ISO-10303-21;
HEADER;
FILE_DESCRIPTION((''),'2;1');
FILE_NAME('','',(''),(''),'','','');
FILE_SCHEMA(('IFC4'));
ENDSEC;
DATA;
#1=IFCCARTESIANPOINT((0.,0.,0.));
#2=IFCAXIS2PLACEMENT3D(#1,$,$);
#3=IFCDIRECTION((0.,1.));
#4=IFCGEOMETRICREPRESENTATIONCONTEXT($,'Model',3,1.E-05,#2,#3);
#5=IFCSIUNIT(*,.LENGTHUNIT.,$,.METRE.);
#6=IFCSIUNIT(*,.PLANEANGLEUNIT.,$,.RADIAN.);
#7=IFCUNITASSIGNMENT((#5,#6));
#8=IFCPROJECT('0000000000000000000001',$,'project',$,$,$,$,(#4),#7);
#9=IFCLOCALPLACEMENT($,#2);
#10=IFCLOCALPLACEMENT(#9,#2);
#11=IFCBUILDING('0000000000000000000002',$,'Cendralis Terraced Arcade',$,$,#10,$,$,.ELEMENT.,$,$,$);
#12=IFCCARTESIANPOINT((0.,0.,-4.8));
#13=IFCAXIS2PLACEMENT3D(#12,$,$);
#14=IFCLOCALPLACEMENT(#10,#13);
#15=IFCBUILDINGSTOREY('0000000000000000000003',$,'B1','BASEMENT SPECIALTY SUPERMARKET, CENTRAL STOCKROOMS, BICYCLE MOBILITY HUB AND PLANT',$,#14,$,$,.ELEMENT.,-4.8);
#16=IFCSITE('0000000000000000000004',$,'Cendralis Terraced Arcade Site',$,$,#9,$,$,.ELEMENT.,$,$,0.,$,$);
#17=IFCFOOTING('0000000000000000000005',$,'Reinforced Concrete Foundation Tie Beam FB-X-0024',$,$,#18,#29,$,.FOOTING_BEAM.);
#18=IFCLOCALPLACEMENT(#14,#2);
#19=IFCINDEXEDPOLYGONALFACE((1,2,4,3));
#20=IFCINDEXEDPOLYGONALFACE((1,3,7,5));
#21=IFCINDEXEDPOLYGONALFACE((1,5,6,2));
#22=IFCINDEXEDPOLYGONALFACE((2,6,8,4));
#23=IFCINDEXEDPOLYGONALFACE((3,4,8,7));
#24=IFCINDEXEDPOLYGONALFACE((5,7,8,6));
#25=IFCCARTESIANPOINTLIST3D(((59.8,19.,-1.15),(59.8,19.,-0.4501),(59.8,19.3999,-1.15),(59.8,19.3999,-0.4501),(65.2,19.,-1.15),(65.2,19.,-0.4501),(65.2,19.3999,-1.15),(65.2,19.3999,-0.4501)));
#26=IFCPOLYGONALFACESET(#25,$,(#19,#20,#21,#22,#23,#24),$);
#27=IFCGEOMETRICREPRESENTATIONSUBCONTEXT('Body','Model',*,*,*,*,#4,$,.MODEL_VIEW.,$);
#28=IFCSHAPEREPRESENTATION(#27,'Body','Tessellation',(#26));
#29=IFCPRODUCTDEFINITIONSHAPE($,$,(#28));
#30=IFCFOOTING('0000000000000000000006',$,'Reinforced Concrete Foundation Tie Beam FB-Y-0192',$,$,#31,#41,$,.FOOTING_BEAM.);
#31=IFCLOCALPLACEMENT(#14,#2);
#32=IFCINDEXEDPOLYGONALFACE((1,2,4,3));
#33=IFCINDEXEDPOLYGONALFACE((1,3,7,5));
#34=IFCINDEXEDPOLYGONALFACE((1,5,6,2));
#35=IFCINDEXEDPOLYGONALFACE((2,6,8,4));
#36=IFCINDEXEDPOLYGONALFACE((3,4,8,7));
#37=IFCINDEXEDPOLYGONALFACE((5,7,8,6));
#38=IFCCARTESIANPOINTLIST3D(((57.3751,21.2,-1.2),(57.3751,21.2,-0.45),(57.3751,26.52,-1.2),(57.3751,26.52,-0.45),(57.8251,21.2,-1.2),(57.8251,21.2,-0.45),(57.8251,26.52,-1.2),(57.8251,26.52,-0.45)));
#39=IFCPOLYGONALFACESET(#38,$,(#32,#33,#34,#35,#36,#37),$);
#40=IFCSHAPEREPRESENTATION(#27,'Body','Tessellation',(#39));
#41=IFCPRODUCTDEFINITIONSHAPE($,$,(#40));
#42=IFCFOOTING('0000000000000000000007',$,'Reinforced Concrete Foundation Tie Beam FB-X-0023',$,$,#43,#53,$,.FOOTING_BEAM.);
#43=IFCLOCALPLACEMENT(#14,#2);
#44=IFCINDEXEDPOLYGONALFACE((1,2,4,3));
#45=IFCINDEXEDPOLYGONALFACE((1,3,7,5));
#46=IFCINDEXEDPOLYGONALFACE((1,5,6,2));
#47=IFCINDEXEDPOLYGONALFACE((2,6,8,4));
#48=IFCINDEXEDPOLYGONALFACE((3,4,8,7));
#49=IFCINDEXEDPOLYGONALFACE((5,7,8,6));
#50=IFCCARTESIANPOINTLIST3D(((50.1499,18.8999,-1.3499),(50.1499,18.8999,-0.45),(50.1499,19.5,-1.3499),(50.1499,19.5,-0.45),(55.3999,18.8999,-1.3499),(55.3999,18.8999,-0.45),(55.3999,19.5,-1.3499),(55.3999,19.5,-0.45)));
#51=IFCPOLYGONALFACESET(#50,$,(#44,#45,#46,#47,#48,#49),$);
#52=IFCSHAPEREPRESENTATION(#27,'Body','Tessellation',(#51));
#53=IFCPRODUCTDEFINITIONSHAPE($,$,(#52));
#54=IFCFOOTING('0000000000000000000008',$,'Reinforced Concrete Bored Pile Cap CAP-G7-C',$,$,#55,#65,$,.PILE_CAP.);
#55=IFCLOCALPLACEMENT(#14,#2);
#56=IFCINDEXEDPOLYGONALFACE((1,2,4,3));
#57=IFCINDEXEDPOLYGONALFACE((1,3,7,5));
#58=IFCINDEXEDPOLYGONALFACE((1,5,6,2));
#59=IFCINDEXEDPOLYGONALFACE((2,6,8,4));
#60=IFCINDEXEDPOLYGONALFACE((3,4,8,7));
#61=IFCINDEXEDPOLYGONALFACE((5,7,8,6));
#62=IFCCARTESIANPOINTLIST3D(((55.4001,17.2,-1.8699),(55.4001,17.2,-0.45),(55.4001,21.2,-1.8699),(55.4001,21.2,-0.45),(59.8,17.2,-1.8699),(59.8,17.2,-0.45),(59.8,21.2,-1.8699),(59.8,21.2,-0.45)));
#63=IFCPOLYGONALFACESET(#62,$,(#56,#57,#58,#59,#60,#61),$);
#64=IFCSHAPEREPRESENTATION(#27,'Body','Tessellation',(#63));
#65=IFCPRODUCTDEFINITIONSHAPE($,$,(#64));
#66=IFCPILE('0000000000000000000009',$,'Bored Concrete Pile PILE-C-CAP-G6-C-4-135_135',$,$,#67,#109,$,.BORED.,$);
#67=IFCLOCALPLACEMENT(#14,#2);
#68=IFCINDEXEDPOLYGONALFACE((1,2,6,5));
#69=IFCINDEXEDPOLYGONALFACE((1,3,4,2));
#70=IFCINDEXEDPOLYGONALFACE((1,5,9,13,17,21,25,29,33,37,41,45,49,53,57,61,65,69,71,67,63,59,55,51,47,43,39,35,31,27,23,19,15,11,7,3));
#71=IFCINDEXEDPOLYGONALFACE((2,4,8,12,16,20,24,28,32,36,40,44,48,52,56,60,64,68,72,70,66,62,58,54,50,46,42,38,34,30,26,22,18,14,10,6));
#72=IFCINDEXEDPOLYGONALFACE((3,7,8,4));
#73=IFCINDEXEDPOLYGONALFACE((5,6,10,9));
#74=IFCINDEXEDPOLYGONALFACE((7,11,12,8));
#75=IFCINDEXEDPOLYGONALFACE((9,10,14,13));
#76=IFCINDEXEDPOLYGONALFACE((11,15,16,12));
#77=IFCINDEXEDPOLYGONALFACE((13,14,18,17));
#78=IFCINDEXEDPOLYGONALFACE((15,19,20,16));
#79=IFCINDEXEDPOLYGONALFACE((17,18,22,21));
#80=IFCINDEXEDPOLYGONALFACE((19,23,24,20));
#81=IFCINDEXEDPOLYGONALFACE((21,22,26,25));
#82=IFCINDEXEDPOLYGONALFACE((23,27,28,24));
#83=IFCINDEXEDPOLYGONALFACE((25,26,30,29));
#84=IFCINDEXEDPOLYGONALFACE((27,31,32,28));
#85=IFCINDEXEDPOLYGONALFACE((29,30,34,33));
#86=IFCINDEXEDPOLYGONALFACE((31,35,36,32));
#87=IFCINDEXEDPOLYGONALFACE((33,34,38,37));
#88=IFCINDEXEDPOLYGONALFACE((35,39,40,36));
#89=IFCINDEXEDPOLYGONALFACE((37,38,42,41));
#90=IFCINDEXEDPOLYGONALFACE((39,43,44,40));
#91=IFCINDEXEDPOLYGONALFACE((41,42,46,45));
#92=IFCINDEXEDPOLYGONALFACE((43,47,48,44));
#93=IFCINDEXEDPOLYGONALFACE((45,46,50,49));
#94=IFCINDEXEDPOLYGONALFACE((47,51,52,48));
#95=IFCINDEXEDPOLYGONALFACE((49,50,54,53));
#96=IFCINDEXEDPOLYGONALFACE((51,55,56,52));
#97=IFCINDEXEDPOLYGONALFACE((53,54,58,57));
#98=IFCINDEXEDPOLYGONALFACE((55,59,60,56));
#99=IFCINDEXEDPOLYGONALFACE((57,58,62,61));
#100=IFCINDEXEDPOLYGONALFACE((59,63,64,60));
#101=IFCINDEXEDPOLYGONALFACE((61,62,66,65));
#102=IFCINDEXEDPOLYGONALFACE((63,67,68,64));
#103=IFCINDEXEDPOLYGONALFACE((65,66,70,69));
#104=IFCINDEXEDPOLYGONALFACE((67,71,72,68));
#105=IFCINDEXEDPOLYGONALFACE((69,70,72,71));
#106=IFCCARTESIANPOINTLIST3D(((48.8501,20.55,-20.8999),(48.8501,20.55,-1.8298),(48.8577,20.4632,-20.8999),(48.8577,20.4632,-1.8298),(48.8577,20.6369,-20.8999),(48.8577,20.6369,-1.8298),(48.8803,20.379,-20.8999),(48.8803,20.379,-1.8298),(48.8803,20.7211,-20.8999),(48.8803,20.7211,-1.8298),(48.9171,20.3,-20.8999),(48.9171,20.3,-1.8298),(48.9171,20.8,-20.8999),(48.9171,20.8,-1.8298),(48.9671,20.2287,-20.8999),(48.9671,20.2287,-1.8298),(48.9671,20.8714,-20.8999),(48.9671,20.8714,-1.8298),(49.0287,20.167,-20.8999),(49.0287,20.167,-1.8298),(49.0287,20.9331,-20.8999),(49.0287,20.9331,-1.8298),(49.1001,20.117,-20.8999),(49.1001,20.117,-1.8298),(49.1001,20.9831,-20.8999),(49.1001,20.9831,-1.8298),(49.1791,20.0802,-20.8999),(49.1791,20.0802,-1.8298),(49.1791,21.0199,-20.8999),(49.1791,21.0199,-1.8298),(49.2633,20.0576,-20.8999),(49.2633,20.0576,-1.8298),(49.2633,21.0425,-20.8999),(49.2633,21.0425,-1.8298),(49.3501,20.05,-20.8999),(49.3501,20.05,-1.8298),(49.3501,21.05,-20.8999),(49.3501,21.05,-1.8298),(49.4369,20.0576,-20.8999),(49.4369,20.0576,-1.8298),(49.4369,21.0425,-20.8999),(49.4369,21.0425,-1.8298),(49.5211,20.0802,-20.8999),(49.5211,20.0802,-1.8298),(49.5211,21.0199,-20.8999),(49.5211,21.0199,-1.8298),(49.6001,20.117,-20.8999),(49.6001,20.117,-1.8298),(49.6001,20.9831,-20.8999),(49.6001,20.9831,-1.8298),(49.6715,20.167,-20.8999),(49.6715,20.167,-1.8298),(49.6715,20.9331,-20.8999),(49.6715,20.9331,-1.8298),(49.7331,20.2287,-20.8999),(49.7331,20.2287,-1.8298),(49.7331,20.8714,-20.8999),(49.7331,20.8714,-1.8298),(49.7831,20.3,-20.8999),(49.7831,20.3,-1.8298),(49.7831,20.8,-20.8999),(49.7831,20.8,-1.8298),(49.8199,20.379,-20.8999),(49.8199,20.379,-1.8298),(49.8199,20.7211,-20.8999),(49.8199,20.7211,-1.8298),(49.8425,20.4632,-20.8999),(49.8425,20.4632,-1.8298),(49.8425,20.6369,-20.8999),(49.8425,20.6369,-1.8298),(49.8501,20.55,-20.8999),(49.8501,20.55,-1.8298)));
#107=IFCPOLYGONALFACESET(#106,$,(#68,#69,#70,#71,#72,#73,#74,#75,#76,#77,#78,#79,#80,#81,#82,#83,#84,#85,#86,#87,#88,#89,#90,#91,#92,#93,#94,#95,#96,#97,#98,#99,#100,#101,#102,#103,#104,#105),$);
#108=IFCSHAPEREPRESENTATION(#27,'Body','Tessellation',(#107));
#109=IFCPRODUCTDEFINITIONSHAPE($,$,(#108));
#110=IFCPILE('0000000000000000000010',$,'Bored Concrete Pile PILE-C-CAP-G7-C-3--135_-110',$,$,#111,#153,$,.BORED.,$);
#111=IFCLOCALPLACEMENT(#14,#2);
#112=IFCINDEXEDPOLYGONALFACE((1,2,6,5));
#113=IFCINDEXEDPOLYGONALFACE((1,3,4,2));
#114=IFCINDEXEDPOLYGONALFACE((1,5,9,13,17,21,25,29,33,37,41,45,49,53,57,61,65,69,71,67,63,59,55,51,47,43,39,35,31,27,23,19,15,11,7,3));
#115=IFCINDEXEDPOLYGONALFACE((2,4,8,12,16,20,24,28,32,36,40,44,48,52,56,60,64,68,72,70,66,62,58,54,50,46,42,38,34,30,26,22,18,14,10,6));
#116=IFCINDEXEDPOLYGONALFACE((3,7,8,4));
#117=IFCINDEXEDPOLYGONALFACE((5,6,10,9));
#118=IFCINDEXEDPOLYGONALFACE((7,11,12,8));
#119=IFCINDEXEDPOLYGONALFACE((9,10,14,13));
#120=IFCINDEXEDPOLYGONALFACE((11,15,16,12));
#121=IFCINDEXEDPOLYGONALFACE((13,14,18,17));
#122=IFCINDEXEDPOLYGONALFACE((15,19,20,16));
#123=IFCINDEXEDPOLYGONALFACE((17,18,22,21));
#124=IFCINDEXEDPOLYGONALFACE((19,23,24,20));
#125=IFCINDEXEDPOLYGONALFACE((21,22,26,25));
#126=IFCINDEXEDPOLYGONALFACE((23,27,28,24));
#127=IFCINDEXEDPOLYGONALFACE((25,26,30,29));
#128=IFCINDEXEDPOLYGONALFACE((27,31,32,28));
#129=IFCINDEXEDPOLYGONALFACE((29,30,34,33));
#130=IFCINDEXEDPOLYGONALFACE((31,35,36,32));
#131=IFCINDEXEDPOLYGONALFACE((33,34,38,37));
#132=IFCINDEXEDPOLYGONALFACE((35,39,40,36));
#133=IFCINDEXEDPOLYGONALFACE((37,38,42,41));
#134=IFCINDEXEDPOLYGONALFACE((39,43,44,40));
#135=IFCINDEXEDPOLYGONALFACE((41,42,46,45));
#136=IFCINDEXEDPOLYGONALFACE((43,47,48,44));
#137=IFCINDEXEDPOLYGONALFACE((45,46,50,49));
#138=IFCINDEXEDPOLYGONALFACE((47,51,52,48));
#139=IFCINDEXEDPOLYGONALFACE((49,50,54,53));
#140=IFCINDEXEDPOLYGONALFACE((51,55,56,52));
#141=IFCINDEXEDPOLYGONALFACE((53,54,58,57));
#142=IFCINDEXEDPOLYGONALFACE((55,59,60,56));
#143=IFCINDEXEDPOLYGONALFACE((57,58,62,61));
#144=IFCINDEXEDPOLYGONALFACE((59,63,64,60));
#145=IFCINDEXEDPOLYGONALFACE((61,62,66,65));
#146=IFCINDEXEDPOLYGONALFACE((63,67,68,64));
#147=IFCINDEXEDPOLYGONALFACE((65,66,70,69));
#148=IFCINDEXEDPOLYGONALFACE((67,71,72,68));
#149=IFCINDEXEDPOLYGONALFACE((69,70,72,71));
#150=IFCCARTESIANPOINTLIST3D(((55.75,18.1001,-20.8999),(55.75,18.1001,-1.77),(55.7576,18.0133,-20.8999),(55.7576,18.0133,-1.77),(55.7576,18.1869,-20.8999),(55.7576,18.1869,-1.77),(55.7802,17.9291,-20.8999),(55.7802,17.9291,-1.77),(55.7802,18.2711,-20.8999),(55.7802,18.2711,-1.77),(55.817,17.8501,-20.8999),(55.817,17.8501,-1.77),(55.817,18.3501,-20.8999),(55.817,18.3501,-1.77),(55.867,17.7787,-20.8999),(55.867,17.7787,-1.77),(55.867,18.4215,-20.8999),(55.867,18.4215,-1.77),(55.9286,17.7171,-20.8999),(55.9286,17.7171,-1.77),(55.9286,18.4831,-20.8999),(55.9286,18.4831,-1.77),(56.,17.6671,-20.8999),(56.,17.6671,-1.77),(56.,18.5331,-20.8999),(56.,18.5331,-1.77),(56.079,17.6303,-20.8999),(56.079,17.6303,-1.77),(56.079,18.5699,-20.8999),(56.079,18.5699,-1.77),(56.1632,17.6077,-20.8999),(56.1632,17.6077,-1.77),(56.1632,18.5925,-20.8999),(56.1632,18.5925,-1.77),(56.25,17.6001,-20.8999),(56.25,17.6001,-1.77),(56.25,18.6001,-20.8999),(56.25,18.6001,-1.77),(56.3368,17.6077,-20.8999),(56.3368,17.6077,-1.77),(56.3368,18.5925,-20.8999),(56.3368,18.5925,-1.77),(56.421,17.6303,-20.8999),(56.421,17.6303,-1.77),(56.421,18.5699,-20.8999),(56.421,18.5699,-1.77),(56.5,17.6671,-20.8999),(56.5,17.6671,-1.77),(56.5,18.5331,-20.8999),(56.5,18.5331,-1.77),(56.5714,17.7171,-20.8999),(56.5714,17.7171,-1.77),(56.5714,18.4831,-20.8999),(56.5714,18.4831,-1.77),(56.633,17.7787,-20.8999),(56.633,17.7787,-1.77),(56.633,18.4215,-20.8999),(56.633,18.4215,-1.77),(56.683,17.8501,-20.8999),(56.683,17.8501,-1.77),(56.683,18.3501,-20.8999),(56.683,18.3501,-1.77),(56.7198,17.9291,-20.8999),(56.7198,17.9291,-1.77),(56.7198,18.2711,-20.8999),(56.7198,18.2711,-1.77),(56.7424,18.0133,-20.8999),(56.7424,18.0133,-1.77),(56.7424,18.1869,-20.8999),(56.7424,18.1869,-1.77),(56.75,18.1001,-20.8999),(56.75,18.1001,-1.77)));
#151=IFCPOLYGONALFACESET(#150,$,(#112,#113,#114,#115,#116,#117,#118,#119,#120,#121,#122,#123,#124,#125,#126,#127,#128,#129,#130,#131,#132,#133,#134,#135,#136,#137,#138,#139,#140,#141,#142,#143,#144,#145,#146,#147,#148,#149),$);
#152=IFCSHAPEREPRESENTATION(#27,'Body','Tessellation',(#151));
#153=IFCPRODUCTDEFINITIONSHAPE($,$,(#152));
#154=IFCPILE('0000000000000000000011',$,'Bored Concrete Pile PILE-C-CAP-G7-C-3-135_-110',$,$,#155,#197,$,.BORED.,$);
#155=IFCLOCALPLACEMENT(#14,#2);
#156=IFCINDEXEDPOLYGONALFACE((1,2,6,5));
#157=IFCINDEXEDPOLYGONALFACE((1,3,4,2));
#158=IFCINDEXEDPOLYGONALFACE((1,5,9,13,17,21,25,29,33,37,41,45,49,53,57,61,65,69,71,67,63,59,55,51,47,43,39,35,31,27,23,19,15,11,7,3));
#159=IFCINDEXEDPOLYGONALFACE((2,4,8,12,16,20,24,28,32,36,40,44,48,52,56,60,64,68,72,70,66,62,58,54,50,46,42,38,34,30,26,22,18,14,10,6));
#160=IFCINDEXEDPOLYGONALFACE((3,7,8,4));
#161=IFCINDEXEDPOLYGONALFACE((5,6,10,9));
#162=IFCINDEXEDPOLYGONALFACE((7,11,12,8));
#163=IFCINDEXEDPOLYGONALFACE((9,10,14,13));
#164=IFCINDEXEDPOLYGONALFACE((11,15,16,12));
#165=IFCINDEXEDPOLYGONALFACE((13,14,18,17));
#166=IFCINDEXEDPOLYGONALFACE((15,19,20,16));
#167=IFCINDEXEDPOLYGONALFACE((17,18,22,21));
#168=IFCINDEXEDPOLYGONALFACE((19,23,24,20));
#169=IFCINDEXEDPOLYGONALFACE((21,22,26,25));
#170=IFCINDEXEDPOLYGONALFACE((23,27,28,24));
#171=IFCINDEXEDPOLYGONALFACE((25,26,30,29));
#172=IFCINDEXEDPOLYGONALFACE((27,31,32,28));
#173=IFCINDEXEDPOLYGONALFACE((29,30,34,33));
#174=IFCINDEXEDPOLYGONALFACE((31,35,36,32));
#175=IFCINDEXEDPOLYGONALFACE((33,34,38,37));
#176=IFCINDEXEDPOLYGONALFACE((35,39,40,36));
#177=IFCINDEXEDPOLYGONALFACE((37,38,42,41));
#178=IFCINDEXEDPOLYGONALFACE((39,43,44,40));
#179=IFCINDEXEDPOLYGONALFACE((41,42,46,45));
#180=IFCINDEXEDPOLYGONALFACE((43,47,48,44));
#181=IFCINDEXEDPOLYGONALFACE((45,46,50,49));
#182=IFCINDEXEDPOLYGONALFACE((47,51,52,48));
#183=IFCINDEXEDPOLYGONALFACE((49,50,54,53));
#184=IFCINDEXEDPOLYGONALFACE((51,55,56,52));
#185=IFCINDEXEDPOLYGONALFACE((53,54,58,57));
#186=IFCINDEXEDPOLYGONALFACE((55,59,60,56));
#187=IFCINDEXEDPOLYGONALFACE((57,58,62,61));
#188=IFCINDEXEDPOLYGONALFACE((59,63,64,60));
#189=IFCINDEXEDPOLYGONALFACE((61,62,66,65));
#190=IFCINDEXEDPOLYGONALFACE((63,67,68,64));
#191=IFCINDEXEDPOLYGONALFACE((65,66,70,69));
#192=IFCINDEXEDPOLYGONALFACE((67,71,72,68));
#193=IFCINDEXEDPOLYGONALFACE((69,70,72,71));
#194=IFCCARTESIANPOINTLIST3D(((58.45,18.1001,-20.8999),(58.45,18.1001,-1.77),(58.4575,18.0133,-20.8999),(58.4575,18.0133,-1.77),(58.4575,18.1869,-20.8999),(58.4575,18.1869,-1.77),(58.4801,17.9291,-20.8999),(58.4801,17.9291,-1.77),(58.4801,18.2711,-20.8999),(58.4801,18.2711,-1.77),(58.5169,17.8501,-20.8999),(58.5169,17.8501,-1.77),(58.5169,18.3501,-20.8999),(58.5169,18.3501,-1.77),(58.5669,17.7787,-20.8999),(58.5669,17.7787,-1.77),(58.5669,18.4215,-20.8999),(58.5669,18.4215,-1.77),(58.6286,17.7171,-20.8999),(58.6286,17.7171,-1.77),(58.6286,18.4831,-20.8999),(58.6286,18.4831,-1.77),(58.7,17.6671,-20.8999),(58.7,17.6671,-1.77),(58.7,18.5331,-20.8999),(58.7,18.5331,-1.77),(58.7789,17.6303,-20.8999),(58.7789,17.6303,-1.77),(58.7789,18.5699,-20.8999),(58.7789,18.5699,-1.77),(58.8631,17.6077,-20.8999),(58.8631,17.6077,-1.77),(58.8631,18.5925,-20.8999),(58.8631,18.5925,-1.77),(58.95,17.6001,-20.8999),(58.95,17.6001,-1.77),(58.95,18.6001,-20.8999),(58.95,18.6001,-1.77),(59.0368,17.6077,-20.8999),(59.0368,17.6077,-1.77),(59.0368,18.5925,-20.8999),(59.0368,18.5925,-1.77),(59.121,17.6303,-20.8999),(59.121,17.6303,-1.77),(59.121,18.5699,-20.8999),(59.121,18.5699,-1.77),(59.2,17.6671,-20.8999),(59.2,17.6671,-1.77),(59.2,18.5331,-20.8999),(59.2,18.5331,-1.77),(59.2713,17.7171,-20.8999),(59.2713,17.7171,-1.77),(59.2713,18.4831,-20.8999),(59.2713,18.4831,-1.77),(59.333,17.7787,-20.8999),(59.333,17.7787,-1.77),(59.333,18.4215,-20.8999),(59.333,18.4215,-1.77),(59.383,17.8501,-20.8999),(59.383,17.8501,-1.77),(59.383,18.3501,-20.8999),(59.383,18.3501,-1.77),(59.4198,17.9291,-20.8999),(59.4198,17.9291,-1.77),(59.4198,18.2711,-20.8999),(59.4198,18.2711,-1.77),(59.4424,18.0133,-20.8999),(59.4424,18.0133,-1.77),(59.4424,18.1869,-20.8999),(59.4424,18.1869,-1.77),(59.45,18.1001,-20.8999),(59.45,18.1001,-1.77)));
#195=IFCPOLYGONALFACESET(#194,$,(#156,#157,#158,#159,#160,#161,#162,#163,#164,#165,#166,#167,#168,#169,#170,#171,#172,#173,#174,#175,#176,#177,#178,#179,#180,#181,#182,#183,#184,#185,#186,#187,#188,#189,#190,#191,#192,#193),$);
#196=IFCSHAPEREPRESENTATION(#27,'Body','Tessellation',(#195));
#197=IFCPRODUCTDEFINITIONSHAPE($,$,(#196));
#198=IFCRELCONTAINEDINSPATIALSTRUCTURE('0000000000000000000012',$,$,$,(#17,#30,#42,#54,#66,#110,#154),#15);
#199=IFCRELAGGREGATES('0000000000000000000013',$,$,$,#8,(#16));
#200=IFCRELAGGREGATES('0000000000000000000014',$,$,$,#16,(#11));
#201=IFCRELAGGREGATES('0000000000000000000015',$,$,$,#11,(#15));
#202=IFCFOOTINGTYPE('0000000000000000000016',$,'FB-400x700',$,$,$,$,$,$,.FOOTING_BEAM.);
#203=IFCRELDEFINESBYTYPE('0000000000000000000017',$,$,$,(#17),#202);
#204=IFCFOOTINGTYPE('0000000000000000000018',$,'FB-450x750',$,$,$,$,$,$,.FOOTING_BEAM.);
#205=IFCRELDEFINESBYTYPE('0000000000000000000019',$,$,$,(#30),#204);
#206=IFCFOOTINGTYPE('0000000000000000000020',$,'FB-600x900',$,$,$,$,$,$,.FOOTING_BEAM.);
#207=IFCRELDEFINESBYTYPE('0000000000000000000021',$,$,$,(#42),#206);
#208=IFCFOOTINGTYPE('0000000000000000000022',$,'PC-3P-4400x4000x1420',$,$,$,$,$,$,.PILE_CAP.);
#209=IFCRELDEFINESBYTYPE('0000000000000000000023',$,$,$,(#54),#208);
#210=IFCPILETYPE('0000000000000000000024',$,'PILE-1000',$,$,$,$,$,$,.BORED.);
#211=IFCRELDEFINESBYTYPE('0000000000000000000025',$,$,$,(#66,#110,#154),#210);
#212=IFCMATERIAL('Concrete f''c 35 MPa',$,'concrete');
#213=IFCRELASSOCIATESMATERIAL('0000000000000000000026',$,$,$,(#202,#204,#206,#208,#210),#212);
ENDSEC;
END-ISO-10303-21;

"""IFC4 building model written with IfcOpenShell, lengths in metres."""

from ifc_helpers import new_model, si_unit, direction, frame, origin, origin_2d, place, context, subcontext, project, spatial, rectangle, circle, extrude, material, material_profile, profile_set, type_object, element, save


model = new_model("IFC4")

# Units and contexts
model_context = context("Model", 3, precision=1e-05, world=origin(), true_north=direction((0.0, 1.0)))
body_context = subcontext(model_context, "Body", "Model", "MODEL_VIEW")
ifc_project = project(units=[si_unit("LENGTHUNIT", "METRE"), si_unit("PLANEANGLEUNIT", "RADIAN")], contexts=[model_context])

# Site, building, storey
site_placement = place(None, origin())
site = spatial("IfcSite", under=ifc_project, at=site_placement, Name="Cendralis Terraced Arcade Site", CompositionType="ELEMENT", RefElevation=0.0)
building_placement = place(site_placement, origin())
building = spatial("IfcBuilding", under=site, at=building_placement, Name="Cendralis Terraced Arcade", CompositionType="ELEMENT")
storey_placement = place(building_placement, frame((0.0, 0.0, -4.8)))
storey = spatial("IfcBuildingStorey", under=building, at=storey_placement, Name="B1", Description="BASEMENT SPECIALTY SUPERMARKET, CENTRAL STOCKROOMS, BICYCLE MOBILITY HUB AND PLANT", CompositionType="ELEMENT", Elevation=-4.8)

# Footings
ifc_material_1 = material(Name="Concrete f'c 35 MPa", Category="concrete")
ifc_material_profile_1 = material_profile(ifc_material_1, rectangle(XDim=0.3999, YDim=0.7, at=origin_2d()), Name="FB-400x700", Category="LoadBearing")
ifc_profile_set_1 = profile_set([ifc_material_profile_1], Name="Concrete f'c 35 MPa")
footing_type_1 = type_object("IfcFootingType", Name="FB-400x700", PredefinedType="FOOTING_BEAM", material=ifc_profile_set_1)
footing_1_placement = place(storey_placement, frame((59.8, 19.2, -0.8), z_axis=(1.0, 0.0, 0.0), x_axis=(0.0, 1.0, 0.0)))
element("IfcFooting", 1, at=footing_1_placement, inside=storey, type_object=footing_type_1, Name="Reinforced Concrete Foundation Tie Beam FB-X-0024", PredefinedType="FOOTING_BEAM", context=body_context, shape_type="SweptSolid", body=[
    extrude(rectangle(XDim=0.3999, YDim=0.7, at=origin_2d()), origin(), (0.0, 0.0, 1.0), 5.3999),
])
ifc_material_profile_2 = material_profile(ifc_material_1, rectangle(XDim=0.45, YDim=0.75, at=origin_2d()), Name="FB-450x750", Category="LoadBearing")
ifc_profile_set_2 = profile_set([ifc_material_profile_2], Name="Concrete f'c 35 MPa")
footing_type_2 = type_object("IfcFootingType", Name="FB-450x750", PredefinedType="FOOTING_BEAM", material=ifc_profile_set_2)
footing_2_placement = place(storey_placement, frame((57.6001, 21.2, -0.825), z_axis=(0.0, 1.0, 0.0), x_axis=(-1.0, 0.0, 0.0)))
element("IfcFooting", 2, at=footing_2_placement, inside=storey, type_object=footing_type_2, Name="Reinforced Concrete Foundation Tie Beam FB-Y-0192", PredefinedType="FOOTING_BEAM", context=body_context, shape_type="SweptSolid", body=[
    extrude(rectangle(XDim=0.45, YDim=0.75, at=origin_2d()), origin(), (0.0, 0.0, 1.0), 5.3201),
])
ifc_material_profile_3 = material_profile(ifc_material_1, rectangle(XDim=0.6001, YDim=0.8999, at=origin_2d()), Name="FB-600x900", Category="LoadBearing")
ifc_profile_set_3 = profile_set([ifc_material_profile_3], Name="Concrete f'c 35 MPa")
footing_type_3 = type_object("IfcFootingType", Name="FB-600x900", PredefinedType="FOOTING_BEAM", material=ifc_profile_set_3)
footing_3_placement = place(storey_placement, frame((50.1499, 19.2, -0.8999), z_axis=(1.0, 0.0, 0.0), x_axis=(0.0, 1.0, 0.0)))
element("IfcFooting", 3, at=footing_3_placement, inside=storey, type_object=footing_type_3, Name="Reinforced Concrete Foundation Tie Beam FB-X-0023", PredefinedType="FOOTING_BEAM", context=body_context, shape_type="SweptSolid", body=[
    extrude(rectangle(XDim=0.6001, YDim=0.8999, at=origin_2d()), origin(), (0.0, 0.0, 1.0), 5.25),
])
footing_type_4 = type_object("IfcFootingType", Name="PC-3P-4400x4000x1420", PredefinedType="PILE_CAP", material=ifc_material_1)
footing_4_placement = place(storey_placement, frame((57.6001, 19.2, -1.8699), z_axis=(0.0, 0.0, 1.0), x_axis=(1.0, 0.0, 0.0)))
element("IfcFooting", 4, at=footing_4_placement, inside=storey, type_object=footing_type_4, Name="Reinforced Concrete Bored Pile Cap CAP-G7-C", PredefinedType="PILE_CAP", context=body_context, shape_type="SweptSolid", body=[
    extrude(rectangle(XDim=4.3999, YDim=4.0, at=origin_2d()), origin(), (0.0, 0.0, 1.0), 1.4199),
])

# Piles
ifc_material_profile_4 = material_profile(ifc_material_1, circle(Radius=0.5, at=origin_2d()), Name="PILE-D1000", Category="LoadBearing")
ifc_profile_set_4 = profile_set([ifc_material_profile_4], Name="Concrete f'c 35 MPa")
pile_type_1 = type_object("IfcPileType", Name="PILE-1000", PredefinedType="BORED", material=ifc_profile_set_4)
pile_1_placement = place(storey_placement, frame((49.3501, 20.55, -1.8298), z_axis=(0.0, 0.0, -1.0), x_axis=(1.0, 0.0, 0.0)))
element("IfcPile", 5, at=pile_1_placement, inside=storey, type_object=pile_type_1, Name="Bored Concrete Pile PILE-C-CAP-G6-C-4-135_135", PredefinedType="BORED", context=body_context, shape_type="SweptSolid", body=[
    extrude(circle(Radius=0.5, at=origin_2d()), origin(), (0.0, 0.0, 1.0), 19.0701),
])
for number, where, z_axis, x_axis, name in (
    (6, (56.25, 18.1001, -1.77), (0.0, 0.0, -1.0), (1.0, 0.0, 0.0), "Bored Concrete Pile PILE-C-CAP-G7-C-3--135_-110"),
    (7, (58.95, 18.1001, -1.77), (0.0, 0.0, -1.0), (1.0, 0.0, 0.0), "Bored Concrete Pile PILE-C-CAP-G7-C-3-135_-110"),
):
    element("IfcPile", number, at=place(storey_placement, frame(where, z_axis=z_axis, x_axis=x_axis)), inside=storey, type_object=pile_type_1, Name=name, PredefinedType="BORED", context=body_context, shape_type="SweptSolid", body=[
        extrude(circle(Radius=0.5, at=origin_2d()), origin(), (0.0, 0.0, 1.0), 19.1299),
    ])

save(model, "model.ifc")
